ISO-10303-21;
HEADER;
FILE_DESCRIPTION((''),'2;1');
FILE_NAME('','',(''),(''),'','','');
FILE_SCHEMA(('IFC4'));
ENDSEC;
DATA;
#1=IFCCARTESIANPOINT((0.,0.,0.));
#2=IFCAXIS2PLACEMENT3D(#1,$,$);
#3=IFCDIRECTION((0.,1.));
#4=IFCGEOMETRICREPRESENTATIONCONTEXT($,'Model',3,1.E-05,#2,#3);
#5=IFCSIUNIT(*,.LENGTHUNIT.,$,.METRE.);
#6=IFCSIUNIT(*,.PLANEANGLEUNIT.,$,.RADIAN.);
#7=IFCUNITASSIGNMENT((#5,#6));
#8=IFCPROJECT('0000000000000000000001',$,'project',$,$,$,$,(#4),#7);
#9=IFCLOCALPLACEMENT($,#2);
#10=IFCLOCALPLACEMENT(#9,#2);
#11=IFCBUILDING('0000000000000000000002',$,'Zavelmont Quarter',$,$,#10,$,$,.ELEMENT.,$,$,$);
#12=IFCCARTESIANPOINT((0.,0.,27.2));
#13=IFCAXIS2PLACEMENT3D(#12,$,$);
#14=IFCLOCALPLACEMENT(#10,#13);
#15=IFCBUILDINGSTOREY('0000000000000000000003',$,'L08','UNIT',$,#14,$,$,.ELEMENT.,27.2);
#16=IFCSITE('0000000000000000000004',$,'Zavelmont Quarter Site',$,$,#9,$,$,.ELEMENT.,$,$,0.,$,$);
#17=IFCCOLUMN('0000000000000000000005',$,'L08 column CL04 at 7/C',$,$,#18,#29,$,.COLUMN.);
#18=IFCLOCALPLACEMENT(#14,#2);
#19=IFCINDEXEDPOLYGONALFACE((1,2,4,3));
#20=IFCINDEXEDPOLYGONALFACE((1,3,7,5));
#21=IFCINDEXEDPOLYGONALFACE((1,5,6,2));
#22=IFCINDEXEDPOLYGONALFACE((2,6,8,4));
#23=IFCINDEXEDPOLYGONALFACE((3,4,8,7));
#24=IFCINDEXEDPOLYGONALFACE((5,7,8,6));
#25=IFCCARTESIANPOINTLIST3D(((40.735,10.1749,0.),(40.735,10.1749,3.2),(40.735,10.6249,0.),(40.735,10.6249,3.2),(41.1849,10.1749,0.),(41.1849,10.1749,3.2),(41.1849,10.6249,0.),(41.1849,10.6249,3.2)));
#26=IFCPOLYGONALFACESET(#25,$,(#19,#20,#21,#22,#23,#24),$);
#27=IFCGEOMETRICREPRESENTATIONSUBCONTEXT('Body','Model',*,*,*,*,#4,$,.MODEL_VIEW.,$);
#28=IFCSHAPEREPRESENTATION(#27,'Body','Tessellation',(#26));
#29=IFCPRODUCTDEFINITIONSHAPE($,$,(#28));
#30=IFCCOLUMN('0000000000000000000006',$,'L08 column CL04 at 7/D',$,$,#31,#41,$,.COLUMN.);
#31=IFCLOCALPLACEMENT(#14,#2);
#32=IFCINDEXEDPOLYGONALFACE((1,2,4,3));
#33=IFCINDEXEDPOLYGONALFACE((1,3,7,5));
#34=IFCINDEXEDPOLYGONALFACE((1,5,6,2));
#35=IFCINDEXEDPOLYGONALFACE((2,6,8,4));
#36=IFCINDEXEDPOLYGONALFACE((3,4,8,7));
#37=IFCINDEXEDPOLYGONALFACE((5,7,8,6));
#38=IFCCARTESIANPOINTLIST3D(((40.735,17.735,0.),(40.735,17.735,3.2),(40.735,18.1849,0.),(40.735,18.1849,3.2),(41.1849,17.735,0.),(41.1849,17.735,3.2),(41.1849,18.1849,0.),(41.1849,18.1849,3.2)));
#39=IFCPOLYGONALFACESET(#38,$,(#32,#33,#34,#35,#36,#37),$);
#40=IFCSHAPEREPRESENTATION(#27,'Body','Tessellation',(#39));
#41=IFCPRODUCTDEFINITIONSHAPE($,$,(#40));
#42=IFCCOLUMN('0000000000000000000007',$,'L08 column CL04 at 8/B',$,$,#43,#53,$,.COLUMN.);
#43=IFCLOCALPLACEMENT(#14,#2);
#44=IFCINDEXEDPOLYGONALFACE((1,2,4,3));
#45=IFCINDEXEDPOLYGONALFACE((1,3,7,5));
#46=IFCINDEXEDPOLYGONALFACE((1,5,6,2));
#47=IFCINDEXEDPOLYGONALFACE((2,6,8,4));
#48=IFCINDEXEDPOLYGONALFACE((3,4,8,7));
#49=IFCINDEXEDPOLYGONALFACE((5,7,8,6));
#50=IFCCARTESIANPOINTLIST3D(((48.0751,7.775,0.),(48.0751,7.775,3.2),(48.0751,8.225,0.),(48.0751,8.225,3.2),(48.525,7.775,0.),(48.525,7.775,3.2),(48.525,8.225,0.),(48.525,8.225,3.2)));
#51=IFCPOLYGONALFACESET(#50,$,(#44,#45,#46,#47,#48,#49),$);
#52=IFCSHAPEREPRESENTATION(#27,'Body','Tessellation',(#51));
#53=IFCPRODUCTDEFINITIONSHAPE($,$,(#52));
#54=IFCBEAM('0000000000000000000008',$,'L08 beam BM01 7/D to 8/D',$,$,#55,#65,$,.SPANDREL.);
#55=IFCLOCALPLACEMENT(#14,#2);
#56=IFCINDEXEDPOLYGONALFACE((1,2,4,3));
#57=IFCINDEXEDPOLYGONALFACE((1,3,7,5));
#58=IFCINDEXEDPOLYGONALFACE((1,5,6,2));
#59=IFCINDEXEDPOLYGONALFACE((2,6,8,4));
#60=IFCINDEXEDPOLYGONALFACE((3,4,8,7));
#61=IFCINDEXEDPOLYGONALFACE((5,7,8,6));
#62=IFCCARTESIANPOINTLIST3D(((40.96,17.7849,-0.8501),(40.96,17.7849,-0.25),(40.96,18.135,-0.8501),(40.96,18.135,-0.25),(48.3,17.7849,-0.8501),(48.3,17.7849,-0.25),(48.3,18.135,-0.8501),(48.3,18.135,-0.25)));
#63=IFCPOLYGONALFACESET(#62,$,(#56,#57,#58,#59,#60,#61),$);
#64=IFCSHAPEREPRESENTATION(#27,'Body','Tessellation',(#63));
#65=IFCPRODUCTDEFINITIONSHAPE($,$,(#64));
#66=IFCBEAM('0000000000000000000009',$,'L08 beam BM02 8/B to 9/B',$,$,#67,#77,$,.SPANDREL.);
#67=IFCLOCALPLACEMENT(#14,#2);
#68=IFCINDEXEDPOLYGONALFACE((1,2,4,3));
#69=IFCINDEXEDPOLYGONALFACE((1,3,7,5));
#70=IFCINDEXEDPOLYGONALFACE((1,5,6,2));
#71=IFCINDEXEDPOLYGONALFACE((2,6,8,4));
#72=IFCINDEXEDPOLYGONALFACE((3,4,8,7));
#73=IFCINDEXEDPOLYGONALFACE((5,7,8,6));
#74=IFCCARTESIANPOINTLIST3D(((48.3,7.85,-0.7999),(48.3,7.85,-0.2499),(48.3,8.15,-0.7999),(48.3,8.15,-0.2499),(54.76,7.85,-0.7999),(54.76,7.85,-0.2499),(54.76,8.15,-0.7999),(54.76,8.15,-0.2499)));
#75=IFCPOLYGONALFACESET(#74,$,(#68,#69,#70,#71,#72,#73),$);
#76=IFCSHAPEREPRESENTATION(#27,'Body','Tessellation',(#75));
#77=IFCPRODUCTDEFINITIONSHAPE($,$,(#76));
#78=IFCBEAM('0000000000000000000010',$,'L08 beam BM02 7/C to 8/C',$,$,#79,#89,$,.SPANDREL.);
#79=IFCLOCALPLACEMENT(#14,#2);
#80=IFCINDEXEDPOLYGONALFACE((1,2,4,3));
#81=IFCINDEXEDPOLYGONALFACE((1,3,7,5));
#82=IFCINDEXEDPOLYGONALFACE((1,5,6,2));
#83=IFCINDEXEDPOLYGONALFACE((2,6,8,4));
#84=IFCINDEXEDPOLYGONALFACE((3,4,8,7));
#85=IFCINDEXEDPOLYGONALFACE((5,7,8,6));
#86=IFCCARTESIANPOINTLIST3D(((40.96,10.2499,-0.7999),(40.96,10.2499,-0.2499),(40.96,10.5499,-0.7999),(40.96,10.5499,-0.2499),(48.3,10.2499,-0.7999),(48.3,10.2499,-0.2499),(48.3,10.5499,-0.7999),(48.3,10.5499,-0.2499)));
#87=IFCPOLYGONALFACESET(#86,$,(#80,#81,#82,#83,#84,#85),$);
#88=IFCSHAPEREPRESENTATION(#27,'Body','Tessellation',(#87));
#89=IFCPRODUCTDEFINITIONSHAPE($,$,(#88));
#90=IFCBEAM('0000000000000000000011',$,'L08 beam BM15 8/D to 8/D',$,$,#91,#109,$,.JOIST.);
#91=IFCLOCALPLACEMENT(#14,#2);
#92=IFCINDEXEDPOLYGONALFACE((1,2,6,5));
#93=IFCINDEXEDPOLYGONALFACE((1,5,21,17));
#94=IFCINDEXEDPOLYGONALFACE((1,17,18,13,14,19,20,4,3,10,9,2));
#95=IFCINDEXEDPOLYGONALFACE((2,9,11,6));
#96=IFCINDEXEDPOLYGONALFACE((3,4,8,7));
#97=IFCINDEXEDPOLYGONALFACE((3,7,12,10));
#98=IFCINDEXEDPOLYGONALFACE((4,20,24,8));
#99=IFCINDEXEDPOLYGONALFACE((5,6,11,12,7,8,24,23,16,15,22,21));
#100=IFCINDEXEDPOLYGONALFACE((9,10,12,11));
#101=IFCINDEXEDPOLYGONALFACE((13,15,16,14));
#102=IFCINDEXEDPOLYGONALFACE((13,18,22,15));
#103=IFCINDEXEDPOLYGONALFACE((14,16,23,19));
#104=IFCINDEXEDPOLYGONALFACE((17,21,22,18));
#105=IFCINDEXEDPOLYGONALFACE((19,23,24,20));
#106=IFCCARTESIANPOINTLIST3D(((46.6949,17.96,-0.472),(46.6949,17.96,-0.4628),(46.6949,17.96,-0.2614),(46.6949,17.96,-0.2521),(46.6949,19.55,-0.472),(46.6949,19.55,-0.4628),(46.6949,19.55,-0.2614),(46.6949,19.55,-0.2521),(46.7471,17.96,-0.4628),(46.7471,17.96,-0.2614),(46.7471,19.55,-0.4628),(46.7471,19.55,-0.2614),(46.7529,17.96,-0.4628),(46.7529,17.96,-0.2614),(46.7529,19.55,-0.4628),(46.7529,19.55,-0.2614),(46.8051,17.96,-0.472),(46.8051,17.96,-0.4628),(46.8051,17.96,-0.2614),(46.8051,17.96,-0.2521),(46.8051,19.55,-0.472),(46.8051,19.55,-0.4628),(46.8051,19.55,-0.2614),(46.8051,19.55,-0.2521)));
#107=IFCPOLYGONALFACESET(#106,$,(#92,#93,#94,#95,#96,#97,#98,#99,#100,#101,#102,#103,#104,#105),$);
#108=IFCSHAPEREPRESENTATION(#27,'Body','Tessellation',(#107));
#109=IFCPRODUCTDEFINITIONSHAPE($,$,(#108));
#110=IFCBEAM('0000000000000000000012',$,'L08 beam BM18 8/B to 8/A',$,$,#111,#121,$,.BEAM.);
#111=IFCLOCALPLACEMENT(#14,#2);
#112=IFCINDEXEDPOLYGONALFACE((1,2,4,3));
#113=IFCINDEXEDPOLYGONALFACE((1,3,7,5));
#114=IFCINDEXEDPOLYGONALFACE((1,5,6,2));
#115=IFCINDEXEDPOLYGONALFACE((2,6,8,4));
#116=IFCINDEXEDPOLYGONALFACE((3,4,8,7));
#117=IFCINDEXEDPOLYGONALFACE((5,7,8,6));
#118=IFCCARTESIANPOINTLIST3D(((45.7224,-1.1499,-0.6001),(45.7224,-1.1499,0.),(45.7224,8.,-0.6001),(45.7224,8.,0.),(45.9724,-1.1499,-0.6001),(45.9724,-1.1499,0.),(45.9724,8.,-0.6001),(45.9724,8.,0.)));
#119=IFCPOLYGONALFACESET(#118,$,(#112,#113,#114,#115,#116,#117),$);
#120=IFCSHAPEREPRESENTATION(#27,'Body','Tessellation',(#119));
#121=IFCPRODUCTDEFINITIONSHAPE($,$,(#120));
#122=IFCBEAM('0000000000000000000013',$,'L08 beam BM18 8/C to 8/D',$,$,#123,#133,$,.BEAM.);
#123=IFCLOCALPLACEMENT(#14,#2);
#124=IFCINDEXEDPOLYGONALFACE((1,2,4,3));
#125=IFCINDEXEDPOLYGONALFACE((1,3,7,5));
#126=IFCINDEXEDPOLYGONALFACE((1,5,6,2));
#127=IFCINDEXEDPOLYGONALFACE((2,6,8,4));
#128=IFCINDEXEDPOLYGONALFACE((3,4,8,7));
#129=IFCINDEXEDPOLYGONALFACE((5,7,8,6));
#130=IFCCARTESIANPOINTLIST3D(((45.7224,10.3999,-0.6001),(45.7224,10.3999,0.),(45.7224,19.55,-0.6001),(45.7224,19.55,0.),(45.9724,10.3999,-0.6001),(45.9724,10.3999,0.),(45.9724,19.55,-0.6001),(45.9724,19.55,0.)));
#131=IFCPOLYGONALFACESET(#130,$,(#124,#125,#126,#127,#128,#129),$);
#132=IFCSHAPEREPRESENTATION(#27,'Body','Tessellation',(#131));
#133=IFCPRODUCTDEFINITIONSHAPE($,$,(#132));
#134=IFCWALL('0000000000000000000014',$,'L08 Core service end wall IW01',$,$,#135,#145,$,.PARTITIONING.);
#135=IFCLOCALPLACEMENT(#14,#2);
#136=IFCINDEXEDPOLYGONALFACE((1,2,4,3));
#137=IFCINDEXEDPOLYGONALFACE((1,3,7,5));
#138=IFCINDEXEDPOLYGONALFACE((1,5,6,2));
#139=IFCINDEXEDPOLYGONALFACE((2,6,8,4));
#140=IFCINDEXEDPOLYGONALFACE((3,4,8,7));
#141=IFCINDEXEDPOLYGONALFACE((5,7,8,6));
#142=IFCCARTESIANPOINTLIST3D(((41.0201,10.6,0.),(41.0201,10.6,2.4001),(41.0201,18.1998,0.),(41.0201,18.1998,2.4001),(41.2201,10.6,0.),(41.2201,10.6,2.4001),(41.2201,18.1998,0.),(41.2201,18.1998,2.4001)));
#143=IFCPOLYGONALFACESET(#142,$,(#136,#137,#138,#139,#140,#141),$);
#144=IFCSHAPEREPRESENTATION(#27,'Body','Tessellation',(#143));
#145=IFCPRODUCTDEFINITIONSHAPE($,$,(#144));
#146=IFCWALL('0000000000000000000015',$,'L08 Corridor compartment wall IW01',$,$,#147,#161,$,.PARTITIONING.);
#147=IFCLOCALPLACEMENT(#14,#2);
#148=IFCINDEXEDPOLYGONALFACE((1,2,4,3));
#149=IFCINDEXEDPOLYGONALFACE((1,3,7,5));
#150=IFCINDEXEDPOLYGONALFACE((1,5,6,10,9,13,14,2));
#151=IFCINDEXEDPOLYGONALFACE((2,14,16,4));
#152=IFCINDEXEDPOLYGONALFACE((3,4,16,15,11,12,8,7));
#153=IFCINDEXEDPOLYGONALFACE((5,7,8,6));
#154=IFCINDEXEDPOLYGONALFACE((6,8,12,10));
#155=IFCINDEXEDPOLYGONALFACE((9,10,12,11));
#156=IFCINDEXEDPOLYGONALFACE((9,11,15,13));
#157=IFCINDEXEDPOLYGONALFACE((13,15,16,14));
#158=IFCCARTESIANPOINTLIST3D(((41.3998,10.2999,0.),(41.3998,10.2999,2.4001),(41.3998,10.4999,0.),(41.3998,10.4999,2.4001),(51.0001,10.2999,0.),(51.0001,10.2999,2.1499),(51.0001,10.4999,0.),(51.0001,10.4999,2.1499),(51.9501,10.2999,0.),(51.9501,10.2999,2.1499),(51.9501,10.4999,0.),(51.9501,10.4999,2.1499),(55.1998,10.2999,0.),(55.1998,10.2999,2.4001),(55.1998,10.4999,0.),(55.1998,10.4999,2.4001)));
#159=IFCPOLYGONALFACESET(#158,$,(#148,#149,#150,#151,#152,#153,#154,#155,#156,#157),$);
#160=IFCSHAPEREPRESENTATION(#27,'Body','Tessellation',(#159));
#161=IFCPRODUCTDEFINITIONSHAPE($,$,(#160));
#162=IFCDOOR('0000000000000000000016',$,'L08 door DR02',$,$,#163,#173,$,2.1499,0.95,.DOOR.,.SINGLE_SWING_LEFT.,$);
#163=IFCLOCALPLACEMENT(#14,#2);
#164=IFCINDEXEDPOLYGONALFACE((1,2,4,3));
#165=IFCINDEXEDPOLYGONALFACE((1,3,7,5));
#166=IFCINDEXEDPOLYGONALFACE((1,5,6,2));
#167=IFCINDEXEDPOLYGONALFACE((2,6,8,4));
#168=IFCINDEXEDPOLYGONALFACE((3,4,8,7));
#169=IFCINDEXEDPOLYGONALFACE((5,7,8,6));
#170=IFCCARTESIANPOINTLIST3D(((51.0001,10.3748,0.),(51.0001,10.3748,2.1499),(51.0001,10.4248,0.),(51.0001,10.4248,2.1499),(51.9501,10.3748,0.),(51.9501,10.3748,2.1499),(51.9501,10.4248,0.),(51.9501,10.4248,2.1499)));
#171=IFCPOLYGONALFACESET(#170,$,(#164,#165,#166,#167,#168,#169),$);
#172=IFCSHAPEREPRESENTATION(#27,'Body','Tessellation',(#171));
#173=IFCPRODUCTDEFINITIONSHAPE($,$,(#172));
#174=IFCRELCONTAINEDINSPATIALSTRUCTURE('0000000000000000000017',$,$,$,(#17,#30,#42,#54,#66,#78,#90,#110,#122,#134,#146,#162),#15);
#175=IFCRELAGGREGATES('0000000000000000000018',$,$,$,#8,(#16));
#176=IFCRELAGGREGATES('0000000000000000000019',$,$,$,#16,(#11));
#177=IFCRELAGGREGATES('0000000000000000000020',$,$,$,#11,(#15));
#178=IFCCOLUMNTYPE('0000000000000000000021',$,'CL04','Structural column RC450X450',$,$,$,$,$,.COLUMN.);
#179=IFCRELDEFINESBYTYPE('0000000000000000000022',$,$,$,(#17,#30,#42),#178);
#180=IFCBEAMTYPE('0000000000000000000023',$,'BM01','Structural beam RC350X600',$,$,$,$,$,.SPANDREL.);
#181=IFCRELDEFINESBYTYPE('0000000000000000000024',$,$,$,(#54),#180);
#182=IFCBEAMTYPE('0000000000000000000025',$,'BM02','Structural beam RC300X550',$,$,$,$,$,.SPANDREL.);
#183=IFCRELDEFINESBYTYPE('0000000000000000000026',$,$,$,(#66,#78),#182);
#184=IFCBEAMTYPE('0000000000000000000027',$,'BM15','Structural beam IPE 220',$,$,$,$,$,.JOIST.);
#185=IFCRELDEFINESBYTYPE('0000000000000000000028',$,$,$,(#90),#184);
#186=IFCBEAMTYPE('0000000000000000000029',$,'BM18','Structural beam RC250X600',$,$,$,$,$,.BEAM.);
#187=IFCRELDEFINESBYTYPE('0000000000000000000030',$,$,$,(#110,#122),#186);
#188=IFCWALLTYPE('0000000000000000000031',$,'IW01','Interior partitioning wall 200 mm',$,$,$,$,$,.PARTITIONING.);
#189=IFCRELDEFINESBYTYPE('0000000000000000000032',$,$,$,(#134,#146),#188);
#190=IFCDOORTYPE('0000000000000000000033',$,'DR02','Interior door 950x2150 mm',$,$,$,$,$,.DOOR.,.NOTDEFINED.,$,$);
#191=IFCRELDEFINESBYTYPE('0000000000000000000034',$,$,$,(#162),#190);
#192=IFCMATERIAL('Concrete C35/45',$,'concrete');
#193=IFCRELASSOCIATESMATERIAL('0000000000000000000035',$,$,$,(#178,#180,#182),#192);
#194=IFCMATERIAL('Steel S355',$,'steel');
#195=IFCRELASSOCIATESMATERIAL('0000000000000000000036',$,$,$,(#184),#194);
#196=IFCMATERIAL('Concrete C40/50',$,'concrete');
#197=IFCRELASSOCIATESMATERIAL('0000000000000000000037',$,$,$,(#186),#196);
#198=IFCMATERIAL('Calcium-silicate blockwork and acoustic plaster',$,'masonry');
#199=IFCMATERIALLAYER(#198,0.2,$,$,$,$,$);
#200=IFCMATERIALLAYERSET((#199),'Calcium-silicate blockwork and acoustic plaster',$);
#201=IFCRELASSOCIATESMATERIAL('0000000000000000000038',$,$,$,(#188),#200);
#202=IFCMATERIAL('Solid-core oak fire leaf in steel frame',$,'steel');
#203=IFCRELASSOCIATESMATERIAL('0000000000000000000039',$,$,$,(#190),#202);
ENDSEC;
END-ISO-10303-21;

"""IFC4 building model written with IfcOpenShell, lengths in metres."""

from ifc_helpers import new_model, si_unit, direction, frame, frame_2d, origin, origin_with_axes, origin_2d, place, context, subcontext, project, spatial, rectangle, i_section, extrude, material, layer, layer_set, material_profile, profile_set, type_object, element, fill, save


model = new_model("IFC4")

# Units and contexts
model_context = context("Model", 3, precision=1e-05, world=origin(), true_north=direction((0.0, 1.0)))
body_context = subcontext(model_context, "Body", "Model", "MODEL_VIEW")
ifc_project = project(units=[si_unit("LENGTHUNIT", "METRE"), si_unit("PLANEANGLEUNIT", "RADIAN")], contexts=[model_context])

# Site, building, storey
site_placement = place(None, origin())
site = spatial("IfcSite", under=ifc_project, at=site_placement, Name="Zavelmont Quarter Site", CompositionType="ELEMENT", RefElevation=0.0)
building_placement = place(site_placement, origin())
building = spatial("IfcBuilding", under=site, at=building_placement, Name="Zavelmont Quarter", CompositionType="ELEMENT")
storey_placement = place(building_placement, frame((0.0, 0.0, 27.2)))
storey = spatial("IfcBuildingStorey", under=building, at=storey_placement, Name="L08", Description="UNIT", CompositionType="ELEMENT", Elevation=27.2)

# Columns
ifc_material_1 = material(Name="Concrete C35/45", Category="concrete")
ifc_material_profile_1 = material_profile(ifc_material_1, rectangle(XDim=0.45, YDim=0.45, at=origin_2d()), Name="RC450X450")
ifc_profile_set_1 = profile_set([ifc_material_profile_1], Name="Concrete C35/45")
column_type = type_object("IfcColumnType", Name="CL04", Description="Structural column RC450X450", PredefinedType="COLUMN", material=ifc_profile_set_1)
for number, where, z_axis, x_axis, name in (
    (1, (40.96, 10.3999, 0.0), (0.0, 0.0, 1.0), (1.0, 0.0, 0.0), "L08 column CL04 at 7/C"),
    (2, (40.96, 17.96, 0.0), (0.0, 0.0, 1.0), (1.0, 0.0, 0.0), "L08 column CL04 at 7/D"),
    (3, (48.3, 8.0, 0.0), (0.0, 0.0, 1.0), (1.0, 0.0, 0.0), "L08 column CL04 at 8/B"),
):
    element("IfcColumn", number, at=place(storey_placement, frame(where, z_axis=z_axis, x_axis=x_axis)), inside=storey, type_object=column_type, Name=name, PredefinedType="COLUMN", context=body_context, shape_type="SweptSolid", body=[
        extrude(rectangle(XDim=0.45, YDim=0.45, at=origin_2d()), origin(), (0.0, 0.0, 1.0), 3.2),
    ])

# Beams
ifc_material_profile_2 = material_profile(ifc_material_1, rectangle(XDim=0.3501, YDim=0.6001, at=origin_2d()), Name="RC350X600")
ifc_profile_set_2 = profile_set([ifc_material_profile_2], Name="Concrete C35/45")
beam_type_1 = type_object("IfcBeamType", Name="BM01", Description="Structural beam RC350X600", PredefinedType="SPANDREL", material=ifc_profile_set_2)
beam_1_placement = place(storey_placement, frame((40.96, 17.96, -0.55), z_axis=(1.0, 0.0, 0.0), x_axis=(0.0, 1.0, 0.0)))
element("IfcBeam", 4, at=beam_1_placement, inside=storey, type_object=beam_type_1, Name="L08 beam BM01 7/D to 8/D", PredefinedType="SPANDREL", context=body_context, shape_type="SweptSolid", body=[
    extrude(rectangle(XDim=0.3501, YDim=0.6001, at=origin_2d()), origin(), (0.0, 0.0, 1.0), 7.3401),
])
ifc_material_profile_3 = material_profile(ifc_material_1, rectangle(XDim=0.3, YDim=0.55, at=origin_2d()), Name="RC300X550")
ifc_profile_set_3 = profile_set([ifc_material_profile_3], Name="Concrete C35/45")
beam_type_2 = type_object("IfcBeamType", Name="BM02", Description="Structural beam RC300X550", PredefinedType="SPANDREL", material=ifc_profile_set_3)
beam_2_placement = place(storey_placement, frame((48.3, 8.0, -0.5249), z_axis=(1.0, 0.0, 0.0), x_axis=(0.0, 1.0, 0.0)))
element("IfcBeam", 5, at=beam_2_placement, inside=storey, type_object=beam_type_2, Name="L08 beam BM02 8/B to 9/B", PredefinedType="SPANDREL", context=body_context, shape_type="SweptSolid", body=[
    extrude(rectangle(XDim=0.3, YDim=0.55, at=origin_2d()), origin(), (0.0, 0.0, 1.0), 6.46),
])
beam_3_placement = place(storey_placement, frame((40.96, 10.3999, -0.5249), z_axis=(1.0, 0.0, 0.0), x_axis=(0.0, 1.0, 0.0)))
element("IfcBeam", 6, at=beam_3_placement, inside=storey, type_object=beam_type_2, Name="L08 beam BM02 7/C to 8/C", PredefinedType="SPANDREL", context=body_context, shape_type="SweptSolid", body=[
    extrude(rectangle(XDim=0.3, YDim=0.55, at=origin_2d()), origin(), (0.0, 0.0, 1.0), 7.3401),
])
ifc_material_2 = material(Name="Steel S355", Category="steel")
ifc_material_profile_4 = material_profile(ifc_material_2, i_section(OverallWidth=0.1101, OverallDepth=0.22, WebThickness=0.0059, FlangeThickness=0.0093, at=origin_2d()), Name="IPE 220")
ifc_profile_set_4 = profile_set([ifc_material_profile_4], Name="Steel S355")
beam_type_3 = type_object("IfcBeamType", Name="BM15", Description="Structural beam IPE 220", PredefinedType="JOIST", material=ifc_profile_set_4)
beam_4_placement = place(storey_placement, frame((46.75, 17.96, -0.3621), z_axis=(0.0, 1.0, 0.0), x_axis=(-1.0, 0.0, 0.0)))
element("IfcBeam", 7, at=beam_4_placement, inside=storey, type_object=beam_type_3, Name="L08 beam BM15 8/D to 8/D", PredefinedType="JOIST", context=body_context, shape_type="SweptSolid", body=[
    extrude(i_section(OverallWidth=0.1101, OverallDepth=0.22, WebThickness=0.0059, FlangeThickness=0.0093, at=origin_2d()), origin(), (0.0, 0.0, 1.0), 1.5901),
])
ifc_material_3 = material(Name="Concrete C40/50", Category="concrete")
ifc_material_profile_5 = material_profile(ifc_material_3, rectangle(XDim=0.25, YDim=0.6001, at=origin_2d()), Name="RC250X600")
ifc_profile_set_5 = profile_set([ifc_material_profile_5], Name="Concrete C40/50")
beam_type_4 = type_object("IfcBeamType", Name="BM18", Description="Structural beam RC250X600", PredefinedType="BEAM", material=ifc_profile_set_5)
beam_5_placement = place(storey_placement, frame((45.8474, 8.0, -0.3), z_axis=(0.0, -1.0, 0.0), x_axis=(1.0, 0.0, 0.0)))
element("IfcBeam", 8, at=beam_5_placement, inside=storey, type_object=beam_type_4, Name="L08 beam BM18 8/B to 8/A", PredefinedType="BEAM", context=body_context, shape_type="SweptSolid", body=[
    extrude(rectangle(XDim=0.25, YDim=0.6001, at=origin_2d()), origin(), (0.0, 0.0, 1.0), 9.1499),
])
beam_6_placement = place(storey_placement, frame((45.8474, 10.3999, -0.3), z_axis=(0.0, 1.0, 0.0), x_axis=(-1.0, 0.0, 0.0)))
element("IfcBeam", 9, at=beam_6_placement, inside=storey, type_object=beam_type_4, Name="L08 beam BM18 8/C to 8/D", PredefinedType="BEAM", context=body_context, shape_type="SweptSolid", body=[
    extrude(rectangle(XDim=0.25, YDim=0.6001, at=origin_2d()), origin(), (0.0, 0.0, 1.0), 9.1501),
])

# Wall
ifc_material_4 = material(Name="Calcium-silicate blockwork and acoustic plaster", Category="masonry")
ifc_layer_1 = layer(ifc_material_4, 0.2)
ifc_layer_set_1 = layer_set([ifc_layer_1], Name="Calcium-silicate blockwork and acoustic plaster")
wall_type_1 = type_object("IfcWallType", Name="IW01", Description="Interior partitioning wall 200 mm", PredefinedType="PARTITIONING", material=ifc_layer_set_1)
wall_1_placement = place(storey_placement, frame((41.1201, 10.6001, 0.0), z_axis=(0.0, 0.0, 1.0), x_axis=(0.0, 1.0, 0.0)))
element("IfcWall", 10, at=wall_1_placement, inside=storey, type_object=wall_type_1, Name="L08 Core service end wall IW01", PredefinedType="PARTITIONING", context=body_context, shape_type="SweptSolid", body=[
    extrude(rectangle(XDim=7.5999, YDim=0.2, at=frame_2d((3.7998, 0.0))), origin(), (0.0, 0.0, 1.0), 2.4001),
])

# Wall, opening, door
wall_2_placement = place(storey_placement, frame((41.3999, 10.3999, 0.0), z_axis=(0.0, 0.0, 1.0), x_axis=(1.0, 0.0, 0.0)))
wall_2 = element("IfcWall", 11, at=wall_2_placement, inside=storey, type_object=wall_type_1, Name="L08 Corridor compartment wall IW01", PredefinedType="PARTITIONING", context=body_context, shape_type="SweptSolid", body=[
    extrude(rectangle(XDim=13.8, YDim=0.2, at=frame_2d((6.8999, 0.0))), origin(), (0.0, 0.0, 1.0), 2.4001),
])
opening_1_placement = place(wall_2_placement, frame((9.6001, 0.0, 0.0)))
opening_1 = element("IfcOpeningElement", 12, at=opening_1_placement, cuts=wall_2, PredefinedType="OPENING", context=body_context, shape_type="SweptSolid", body=[
    extrude(rectangle(XDim=0.95, YDim=2.1499, at=frame_2d((0.4751, 1.075))), frame((0.0, 0.1118, 0.0), z_axis=(0.0, -1.0, 0.0), x_axis=(1.0, 0.0, 0.0)), (0.0, 0.0, 1.0), 0.2239),
])
ifc_material_5 = material(Name="Solid-core oak fire leaf in steel frame", Category="steel")
door_type_1 = type_object("IfcDoorType", Name="DR02", Description="Interior door 950x2150 mm", OperationType="NOTDEFINED", PredefinedType="DOOR", material=ifc_material_5)
door_1_placement = place(opening_1_placement, origin_with_axes())
door_1 = element("IfcDoor", 13, at=door_1_placement, inside=storey, type_object=door_type_1, Name="L08 door DR02", OperationType="SINGLE_SWING_LEFT", OverallHeight=2.1499, OverallWidth=0.95, PredefinedType="DOOR", context=body_context, shape_type="SweptSolid", body=[
    extrude(rectangle(XDim=0.95, YDim=2.1499, at=frame_2d((0.4751, 1.075))), frame((0.0, 0.0249, 0.0), z_axis=(0.0, -1.0, 0.0), x_axis=(1.0, 0.0, 0.0)), (0.0, 0.0, 1.0), 0.05),
])
fill(opening_1, door_1)

save(model, "model.ifc")
